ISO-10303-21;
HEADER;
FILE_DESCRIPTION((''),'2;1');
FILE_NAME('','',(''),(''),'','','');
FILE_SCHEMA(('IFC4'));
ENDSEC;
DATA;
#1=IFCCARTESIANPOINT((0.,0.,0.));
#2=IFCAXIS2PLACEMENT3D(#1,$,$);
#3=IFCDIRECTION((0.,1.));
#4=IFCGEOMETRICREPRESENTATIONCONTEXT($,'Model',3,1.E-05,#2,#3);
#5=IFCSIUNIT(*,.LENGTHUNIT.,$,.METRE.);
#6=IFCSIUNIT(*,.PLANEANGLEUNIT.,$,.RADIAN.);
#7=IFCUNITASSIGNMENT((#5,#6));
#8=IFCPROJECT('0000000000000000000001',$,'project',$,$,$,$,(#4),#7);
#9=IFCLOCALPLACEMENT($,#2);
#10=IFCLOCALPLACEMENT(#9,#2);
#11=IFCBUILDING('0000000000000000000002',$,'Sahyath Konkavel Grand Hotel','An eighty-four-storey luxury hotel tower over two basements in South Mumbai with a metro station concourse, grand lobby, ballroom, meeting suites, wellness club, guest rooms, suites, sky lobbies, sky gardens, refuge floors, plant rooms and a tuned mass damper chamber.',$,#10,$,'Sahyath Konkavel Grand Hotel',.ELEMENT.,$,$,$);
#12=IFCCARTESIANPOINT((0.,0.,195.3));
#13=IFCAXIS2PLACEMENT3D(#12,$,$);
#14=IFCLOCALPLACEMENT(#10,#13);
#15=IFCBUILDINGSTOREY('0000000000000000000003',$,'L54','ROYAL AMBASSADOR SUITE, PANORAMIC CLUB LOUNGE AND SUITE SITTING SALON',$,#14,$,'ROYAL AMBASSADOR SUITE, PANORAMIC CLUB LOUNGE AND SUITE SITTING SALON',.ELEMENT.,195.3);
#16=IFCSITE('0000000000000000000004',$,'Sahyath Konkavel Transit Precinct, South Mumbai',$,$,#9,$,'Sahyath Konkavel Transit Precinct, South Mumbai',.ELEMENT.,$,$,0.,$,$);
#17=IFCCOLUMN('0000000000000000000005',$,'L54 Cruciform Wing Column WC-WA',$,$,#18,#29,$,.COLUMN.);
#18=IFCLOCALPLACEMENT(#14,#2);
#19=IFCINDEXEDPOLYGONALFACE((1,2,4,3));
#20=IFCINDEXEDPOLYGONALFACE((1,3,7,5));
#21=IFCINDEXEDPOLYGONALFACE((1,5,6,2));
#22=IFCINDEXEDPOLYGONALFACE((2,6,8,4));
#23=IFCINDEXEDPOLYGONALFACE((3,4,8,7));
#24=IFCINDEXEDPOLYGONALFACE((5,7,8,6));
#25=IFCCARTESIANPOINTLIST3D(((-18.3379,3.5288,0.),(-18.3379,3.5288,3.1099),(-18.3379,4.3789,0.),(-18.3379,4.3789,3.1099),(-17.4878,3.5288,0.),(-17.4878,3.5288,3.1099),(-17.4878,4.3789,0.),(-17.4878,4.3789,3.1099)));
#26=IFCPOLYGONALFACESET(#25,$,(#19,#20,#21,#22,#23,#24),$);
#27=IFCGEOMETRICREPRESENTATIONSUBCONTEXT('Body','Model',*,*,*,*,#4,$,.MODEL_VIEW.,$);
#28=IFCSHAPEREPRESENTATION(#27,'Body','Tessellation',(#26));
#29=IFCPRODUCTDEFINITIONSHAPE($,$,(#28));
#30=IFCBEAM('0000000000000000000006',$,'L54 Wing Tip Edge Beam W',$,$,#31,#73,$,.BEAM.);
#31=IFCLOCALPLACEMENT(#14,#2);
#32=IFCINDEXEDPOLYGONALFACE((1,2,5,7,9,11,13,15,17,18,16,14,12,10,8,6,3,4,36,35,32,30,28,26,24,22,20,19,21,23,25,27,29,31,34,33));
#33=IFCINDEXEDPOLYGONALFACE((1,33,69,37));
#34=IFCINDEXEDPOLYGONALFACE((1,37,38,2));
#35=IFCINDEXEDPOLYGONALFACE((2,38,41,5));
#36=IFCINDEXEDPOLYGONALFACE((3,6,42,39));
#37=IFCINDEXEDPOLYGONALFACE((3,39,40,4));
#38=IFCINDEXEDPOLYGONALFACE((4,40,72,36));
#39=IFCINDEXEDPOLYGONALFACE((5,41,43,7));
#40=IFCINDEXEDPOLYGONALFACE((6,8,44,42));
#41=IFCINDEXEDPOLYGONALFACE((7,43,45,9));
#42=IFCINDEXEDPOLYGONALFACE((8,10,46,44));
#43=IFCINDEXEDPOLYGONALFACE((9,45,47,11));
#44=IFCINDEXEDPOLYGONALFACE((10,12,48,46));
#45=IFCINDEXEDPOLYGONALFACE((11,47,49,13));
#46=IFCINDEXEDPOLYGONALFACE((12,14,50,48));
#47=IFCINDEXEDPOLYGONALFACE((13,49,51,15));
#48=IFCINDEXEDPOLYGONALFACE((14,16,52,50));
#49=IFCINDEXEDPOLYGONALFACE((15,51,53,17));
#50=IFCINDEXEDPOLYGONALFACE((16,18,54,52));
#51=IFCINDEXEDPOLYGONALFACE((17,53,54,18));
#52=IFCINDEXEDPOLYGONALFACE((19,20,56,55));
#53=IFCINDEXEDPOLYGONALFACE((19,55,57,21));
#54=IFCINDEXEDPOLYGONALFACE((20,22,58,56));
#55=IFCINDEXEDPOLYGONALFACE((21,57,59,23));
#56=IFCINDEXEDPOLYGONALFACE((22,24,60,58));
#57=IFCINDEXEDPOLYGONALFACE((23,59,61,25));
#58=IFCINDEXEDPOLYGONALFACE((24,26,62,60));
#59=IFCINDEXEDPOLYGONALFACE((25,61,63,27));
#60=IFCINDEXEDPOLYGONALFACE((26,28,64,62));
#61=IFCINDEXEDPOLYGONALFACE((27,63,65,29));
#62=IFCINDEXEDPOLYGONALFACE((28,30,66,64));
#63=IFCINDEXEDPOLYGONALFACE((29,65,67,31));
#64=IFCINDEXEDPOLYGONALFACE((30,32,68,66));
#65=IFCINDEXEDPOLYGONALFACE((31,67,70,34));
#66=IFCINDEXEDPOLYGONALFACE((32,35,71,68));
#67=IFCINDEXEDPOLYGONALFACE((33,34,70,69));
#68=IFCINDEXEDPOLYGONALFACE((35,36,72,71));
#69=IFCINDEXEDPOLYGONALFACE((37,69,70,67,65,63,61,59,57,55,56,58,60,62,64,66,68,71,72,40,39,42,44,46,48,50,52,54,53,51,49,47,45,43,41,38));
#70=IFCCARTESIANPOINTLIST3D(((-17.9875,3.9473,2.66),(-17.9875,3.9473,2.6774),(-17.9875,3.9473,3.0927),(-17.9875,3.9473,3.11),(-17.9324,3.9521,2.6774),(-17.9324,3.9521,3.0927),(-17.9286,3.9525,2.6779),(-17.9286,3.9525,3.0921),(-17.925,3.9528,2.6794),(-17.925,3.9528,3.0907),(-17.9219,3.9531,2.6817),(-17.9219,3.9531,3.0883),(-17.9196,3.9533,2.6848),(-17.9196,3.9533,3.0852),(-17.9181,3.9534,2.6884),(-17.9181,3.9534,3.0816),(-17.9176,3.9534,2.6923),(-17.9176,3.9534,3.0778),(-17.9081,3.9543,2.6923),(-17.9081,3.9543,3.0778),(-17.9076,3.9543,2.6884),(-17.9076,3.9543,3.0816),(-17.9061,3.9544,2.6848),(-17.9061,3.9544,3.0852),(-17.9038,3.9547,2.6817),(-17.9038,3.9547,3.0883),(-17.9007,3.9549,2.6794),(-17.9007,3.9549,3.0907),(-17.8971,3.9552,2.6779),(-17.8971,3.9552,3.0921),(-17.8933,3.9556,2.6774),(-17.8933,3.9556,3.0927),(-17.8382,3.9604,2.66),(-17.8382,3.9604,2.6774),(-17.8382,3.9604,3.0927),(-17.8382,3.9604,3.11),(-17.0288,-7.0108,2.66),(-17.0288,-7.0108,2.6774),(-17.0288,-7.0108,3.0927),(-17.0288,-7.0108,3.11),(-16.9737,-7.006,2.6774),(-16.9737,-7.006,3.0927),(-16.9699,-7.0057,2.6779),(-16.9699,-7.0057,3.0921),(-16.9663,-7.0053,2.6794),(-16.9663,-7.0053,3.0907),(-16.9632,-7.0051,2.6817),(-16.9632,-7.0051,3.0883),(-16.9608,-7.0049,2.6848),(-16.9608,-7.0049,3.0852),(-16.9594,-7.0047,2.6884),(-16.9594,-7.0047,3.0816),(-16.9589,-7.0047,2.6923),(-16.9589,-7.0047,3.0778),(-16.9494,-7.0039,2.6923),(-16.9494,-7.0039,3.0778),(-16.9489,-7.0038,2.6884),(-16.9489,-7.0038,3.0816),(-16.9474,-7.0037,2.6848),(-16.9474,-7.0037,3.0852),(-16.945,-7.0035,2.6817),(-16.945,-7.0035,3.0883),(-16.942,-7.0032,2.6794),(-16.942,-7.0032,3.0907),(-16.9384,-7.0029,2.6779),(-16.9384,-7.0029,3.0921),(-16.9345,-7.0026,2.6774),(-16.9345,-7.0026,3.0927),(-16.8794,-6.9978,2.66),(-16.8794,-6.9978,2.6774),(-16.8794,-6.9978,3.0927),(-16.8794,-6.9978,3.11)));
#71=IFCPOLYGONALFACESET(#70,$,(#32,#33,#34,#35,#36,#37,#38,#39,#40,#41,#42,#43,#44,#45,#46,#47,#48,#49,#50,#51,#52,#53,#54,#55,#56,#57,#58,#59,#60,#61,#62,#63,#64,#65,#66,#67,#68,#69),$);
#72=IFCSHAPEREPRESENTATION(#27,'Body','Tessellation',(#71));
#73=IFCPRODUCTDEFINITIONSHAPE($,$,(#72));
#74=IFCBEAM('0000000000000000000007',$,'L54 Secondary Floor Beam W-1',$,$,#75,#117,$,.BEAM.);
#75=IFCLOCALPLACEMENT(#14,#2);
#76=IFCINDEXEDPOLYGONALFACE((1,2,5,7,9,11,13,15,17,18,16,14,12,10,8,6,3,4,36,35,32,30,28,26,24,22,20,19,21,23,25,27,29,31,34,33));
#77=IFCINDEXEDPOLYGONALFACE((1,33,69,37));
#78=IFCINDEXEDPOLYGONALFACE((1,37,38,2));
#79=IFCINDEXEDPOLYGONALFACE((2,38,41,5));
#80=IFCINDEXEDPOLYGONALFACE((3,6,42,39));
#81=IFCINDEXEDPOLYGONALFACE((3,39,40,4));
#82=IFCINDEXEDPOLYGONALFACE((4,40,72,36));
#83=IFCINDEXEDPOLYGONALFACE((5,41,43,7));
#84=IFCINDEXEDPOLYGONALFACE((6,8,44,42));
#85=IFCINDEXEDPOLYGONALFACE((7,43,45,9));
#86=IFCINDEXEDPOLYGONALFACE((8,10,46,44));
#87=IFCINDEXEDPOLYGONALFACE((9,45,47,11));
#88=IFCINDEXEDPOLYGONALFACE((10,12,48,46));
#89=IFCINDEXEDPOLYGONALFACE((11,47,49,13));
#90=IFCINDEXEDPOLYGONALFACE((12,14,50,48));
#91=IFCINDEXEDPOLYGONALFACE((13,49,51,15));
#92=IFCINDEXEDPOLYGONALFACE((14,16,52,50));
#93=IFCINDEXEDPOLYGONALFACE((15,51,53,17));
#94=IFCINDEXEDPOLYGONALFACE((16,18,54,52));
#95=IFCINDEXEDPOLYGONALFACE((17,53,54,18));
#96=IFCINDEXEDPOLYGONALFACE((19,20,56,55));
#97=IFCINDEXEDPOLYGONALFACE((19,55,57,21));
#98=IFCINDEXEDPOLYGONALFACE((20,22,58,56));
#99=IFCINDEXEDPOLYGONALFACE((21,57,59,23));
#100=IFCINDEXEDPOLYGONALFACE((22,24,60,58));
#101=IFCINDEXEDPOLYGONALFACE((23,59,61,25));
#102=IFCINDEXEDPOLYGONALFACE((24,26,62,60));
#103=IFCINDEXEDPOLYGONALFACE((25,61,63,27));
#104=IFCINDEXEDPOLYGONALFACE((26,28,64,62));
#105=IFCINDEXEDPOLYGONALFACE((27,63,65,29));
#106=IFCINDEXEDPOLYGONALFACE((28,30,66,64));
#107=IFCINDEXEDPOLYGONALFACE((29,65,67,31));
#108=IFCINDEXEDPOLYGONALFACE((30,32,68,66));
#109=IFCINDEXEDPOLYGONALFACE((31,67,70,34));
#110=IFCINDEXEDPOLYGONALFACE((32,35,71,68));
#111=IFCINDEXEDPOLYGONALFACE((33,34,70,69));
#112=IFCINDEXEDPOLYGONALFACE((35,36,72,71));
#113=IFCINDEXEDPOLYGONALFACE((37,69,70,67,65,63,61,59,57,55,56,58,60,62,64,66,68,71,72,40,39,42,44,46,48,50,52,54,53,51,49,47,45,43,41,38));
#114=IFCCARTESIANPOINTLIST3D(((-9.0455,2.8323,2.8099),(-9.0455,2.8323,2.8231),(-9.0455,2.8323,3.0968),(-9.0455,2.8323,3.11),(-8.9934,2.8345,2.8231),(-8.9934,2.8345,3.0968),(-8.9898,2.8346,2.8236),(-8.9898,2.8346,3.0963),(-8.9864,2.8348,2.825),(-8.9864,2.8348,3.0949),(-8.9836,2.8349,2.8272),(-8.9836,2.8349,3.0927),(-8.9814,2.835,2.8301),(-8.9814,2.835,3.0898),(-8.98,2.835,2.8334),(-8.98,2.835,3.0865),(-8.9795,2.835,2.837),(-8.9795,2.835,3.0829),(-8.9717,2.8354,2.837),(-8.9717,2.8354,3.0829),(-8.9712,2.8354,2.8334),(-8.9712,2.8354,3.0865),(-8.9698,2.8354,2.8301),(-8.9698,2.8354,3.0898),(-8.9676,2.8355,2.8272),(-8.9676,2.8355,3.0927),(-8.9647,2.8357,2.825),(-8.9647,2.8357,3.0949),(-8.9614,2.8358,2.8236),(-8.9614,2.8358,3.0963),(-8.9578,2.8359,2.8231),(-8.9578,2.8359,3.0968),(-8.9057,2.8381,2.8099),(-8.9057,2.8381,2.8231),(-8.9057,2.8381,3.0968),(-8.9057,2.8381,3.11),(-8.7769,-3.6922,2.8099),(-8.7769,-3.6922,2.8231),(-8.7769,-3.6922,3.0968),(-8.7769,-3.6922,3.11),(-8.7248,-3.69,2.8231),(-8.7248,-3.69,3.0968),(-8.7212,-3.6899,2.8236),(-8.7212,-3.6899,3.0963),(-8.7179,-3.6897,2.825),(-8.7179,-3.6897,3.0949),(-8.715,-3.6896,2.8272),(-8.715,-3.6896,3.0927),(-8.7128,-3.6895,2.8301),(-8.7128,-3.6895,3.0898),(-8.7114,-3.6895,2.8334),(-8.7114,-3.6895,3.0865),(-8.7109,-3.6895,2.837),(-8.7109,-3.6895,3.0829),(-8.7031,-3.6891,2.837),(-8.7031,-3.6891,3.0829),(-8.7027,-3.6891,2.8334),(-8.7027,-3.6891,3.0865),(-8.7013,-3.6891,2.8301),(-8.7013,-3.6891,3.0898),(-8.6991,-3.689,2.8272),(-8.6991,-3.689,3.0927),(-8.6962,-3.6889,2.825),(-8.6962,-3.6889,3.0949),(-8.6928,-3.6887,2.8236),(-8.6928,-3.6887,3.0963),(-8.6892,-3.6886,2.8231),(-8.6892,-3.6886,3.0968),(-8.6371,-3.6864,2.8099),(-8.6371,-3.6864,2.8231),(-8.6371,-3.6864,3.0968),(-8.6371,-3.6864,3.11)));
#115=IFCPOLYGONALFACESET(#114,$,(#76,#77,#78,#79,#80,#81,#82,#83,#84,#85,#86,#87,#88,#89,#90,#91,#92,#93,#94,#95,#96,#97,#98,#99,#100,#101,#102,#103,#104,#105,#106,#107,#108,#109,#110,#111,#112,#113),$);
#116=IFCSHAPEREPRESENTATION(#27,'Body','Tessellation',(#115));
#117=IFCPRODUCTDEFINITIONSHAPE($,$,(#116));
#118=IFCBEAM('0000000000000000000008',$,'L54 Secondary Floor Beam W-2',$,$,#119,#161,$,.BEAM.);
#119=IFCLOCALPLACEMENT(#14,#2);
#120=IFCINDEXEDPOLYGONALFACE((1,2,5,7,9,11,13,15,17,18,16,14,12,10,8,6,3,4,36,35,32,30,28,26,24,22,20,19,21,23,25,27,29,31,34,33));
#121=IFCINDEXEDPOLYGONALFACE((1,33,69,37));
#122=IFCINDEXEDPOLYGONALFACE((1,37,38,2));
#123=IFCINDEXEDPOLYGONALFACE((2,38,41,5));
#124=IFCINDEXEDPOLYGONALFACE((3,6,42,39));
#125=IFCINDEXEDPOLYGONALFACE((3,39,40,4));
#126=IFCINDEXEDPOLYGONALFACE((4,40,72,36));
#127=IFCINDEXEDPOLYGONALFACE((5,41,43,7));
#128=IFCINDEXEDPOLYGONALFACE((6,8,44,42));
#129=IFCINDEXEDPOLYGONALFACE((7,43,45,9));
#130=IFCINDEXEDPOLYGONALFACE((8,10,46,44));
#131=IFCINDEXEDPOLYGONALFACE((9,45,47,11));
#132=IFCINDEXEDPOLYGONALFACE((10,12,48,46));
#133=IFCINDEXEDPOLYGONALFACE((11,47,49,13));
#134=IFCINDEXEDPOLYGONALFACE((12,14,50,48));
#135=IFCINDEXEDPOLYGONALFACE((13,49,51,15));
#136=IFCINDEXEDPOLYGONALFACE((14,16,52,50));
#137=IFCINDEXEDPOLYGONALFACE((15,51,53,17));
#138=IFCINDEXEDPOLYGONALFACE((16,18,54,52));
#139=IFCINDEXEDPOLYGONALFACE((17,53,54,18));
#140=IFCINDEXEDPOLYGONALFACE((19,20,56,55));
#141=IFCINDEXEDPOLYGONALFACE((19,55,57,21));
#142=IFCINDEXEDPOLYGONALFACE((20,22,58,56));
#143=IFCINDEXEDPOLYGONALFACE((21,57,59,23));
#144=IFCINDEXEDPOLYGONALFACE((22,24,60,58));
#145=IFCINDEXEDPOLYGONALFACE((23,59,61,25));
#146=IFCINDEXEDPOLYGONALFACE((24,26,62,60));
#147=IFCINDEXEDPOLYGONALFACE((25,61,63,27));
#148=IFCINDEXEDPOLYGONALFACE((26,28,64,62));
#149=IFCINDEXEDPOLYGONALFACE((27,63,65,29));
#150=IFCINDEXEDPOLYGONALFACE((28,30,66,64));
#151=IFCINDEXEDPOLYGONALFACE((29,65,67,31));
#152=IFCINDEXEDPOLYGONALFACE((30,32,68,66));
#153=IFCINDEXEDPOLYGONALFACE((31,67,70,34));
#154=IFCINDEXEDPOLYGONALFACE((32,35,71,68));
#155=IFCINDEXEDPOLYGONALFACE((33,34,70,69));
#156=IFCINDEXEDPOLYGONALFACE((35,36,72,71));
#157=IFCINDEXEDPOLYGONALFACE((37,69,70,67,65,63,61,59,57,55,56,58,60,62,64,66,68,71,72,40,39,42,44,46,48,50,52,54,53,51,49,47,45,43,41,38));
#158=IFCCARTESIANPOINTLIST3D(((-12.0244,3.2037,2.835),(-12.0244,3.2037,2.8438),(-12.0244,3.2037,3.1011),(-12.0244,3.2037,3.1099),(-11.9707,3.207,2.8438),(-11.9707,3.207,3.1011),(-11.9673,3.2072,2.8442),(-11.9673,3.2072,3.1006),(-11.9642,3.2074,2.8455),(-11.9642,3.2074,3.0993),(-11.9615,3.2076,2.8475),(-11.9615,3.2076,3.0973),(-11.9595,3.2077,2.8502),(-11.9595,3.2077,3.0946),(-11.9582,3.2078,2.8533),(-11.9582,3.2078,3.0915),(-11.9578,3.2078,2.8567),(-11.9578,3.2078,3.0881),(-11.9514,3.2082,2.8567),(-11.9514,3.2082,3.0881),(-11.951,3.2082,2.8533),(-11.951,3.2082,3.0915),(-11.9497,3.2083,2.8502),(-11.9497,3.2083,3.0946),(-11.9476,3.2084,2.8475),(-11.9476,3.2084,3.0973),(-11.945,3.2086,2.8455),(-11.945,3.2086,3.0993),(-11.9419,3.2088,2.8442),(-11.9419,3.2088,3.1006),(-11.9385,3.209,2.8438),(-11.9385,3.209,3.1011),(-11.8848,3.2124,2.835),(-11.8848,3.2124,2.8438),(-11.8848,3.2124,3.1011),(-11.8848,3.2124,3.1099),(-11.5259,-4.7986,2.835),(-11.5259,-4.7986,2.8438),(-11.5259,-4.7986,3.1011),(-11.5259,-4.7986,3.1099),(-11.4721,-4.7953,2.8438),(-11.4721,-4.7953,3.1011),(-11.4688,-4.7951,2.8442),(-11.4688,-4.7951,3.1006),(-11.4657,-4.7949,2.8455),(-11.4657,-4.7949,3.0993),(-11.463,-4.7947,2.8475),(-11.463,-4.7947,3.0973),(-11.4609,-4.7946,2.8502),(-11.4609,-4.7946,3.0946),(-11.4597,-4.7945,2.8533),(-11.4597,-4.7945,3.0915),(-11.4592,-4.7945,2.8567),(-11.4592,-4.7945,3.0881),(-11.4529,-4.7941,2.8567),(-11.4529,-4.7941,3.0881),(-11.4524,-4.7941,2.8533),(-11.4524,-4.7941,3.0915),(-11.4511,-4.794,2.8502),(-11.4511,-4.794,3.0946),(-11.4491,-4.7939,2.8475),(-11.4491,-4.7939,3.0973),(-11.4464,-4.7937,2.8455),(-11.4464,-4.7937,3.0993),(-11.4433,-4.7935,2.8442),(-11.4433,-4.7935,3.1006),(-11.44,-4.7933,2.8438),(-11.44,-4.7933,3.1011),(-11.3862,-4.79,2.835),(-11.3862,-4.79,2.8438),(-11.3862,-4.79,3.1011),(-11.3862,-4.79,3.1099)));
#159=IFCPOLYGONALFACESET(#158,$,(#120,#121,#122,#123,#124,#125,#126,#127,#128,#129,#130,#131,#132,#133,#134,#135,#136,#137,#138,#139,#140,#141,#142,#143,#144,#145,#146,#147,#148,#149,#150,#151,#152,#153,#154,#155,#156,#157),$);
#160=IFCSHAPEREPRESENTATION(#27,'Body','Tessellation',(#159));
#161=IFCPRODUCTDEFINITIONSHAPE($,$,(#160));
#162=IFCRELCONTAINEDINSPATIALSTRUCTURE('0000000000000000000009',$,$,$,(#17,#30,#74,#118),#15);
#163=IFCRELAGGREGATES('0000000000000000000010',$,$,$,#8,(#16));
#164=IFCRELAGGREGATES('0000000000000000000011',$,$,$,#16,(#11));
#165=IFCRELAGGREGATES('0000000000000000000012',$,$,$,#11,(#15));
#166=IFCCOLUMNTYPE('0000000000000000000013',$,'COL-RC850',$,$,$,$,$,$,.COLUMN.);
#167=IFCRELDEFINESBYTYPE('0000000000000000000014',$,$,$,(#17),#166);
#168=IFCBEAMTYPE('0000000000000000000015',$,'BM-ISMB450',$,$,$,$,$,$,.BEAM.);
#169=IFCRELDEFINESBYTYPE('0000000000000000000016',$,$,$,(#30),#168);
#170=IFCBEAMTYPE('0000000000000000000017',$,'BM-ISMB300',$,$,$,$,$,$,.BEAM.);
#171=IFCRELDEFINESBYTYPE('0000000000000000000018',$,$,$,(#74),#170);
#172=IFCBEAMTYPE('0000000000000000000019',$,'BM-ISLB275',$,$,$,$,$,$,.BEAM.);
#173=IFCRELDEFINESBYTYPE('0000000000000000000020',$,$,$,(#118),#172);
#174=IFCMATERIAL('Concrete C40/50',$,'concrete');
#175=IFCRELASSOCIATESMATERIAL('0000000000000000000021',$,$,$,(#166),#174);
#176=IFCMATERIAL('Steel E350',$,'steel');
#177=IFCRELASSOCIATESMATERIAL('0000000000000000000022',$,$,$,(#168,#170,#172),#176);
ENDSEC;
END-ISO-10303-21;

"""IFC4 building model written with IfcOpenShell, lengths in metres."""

from ifc_helpers import new_model, si_unit, direction, frame, origin, origin_2d, place, context, subcontext, project, spatial, rectangle, i_section, extrude, source, transform, mapped, material, material_profile, profile_set, type_object, element, save


model = new_model("IFC4")

# Units and contexts
model_context = context("Model", 3, precision=1e-05, world=origin(), true_north=direction((0.0, 1.0)))
body_context = subcontext(model_context, "Body", "Model", "MODEL_VIEW")
ifc_project = project(units=[si_unit("LENGTHUNIT", "METRE"), si_unit("PLANEANGLEUNIT", "RADIAN")], contexts=[model_context])

# Site, building, storey
site_placement = place(None, origin())
site = spatial("IfcSite", under=ifc_project, at=site_placement, Name="Sahyath Konkavel Transit Precinct, South Mumbai", LongName="Sahyath Konkavel Transit Precinct, South Mumbai", CompositionType="ELEMENT", RefElevation=0.0)
building_placement = place(site_placement, origin())
building = spatial("IfcBuilding", under=site, at=building_placement, Name="Sahyath Konkavel Grand Hotel", Description="An eighty-four-storey luxury hotel tower over two basements in South Mumbai with a metro station concourse, grand lobby, ballroom, meeting suites, wellness club, guest rooms, suites, sky lobbies, sky gardens, refuge floors, plant rooms and a tuned mass damper chamber.", LongName="Sahyath Konkavel Grand Hotel", CompositionType="ELEMENT")
storey_placement = place(building_placement, frame((0.0, 0.0, 195.3)))
storey = spatial("IfcBuildingStorey", under=building, at=storey_placement, Name="L54", Description="ROYAL AMBASSADOR SUITE, PANORAMIC CLUB LOUNGE AND SUITE SITTING SALON", LongName="ROYAL AMBASSADOR SUITE, PANORAMIC CLUB LOUNGE AND SUITE SITTING SALON", CompositionType="ELEMENT", Elevation=195.3)

# Column
ifc_material_1 = material(Name="Concrete C40/50", Category="concrete")
ifc_material_profile_1 = material_profile(ifc_material_1, rectangle(XDim=0.8501, YDim=0.8501, at=origin_2d()), Name="RC 850x850")
ifc_profile_set_1 = profile_set([ifc_material_profile_1], Name="Concrete C40/50")
column_type = type_object("IfcColumnType", Name="COL-RC850", PredefinedType="COLUMN", material=ifc_profile_set_1)
shared_shape_1 = source(origin(), body_context, "Body", "SweptSolid", [
    extrude(rectangle(XDim=0.8501, YDim=0.8501, at=origin_2d()), origin(), (0.0, 0.0, 1.0), 3.1099),
])
column_placement = place(storey_placement, frame((-17.9128, 3.9539, 0.0), z_axis=(0.0, 0.0, 1.0), x_axis=(1.0, 0.0, 0.0)))
element("IfcColumn", 1, at=column_placement, inside=storey, type_object=column_type, Name="L54 Cruciform Wing Column WC-WA", PredefinedType="COLUMN", context=body_context, shape_type="MappedRepresentation", body=[
    mapped(shared_shape_1, transform((0.0, 0.0, 0.0), scale=1.0)),
])

# Beams
ifc_material_2 = material(Name="Steel E350", Category="steel")
ifc_material_profile_2 = material_profile(ifc_material_2, i_section(OverallWidth=0.1499, OverallDepth=0.45, WebThickness=0.0095, FlangeThickness=0.0173, FilletRadius=0.0149, at=origin_2d()), Name="ISMB 450")
ifc_profile_set_2 = profile_set([ifc_material_profile_2], Name="Steel E350")
beam_type_1 = type_object("IfcBeamType", Name="BM-ISMB450", PredefinedType="BEAM", material=ifc_profile_set_2)
shared_shape_2 = source(origin(), body_context, "Body", "SweptSolid", [
    extrude(i_section(OverallWidth=0.1499, OverallDepth=0.45, WebThickness=0.0095, FlangeThickness=0.0173, FilletRadius=0.0149, at=origin_2d()), origin(), (0.0, 0.0, 1.0), 11.0),
])
beam_1_placement = place(storey_placement, frame((-17.9128, 3.9539, 2.885), z_axis=(0.087157, -0.996195, 0.0), x_axis=(0.996195, 0.087157, 0.0)))
element("IfcBeam", 2, at=beam_1_placement, inside=storey, type_object=beam_type_1, Name="L54 Wing Tip Edge Beam W", PredefinedType="BEAM", context=body_context, shape_type="MappedRepresentation", body=[
    mapped(shared_shape_2, transform((0.0, 0.0, 0.0), scale=1.0)),
])
ifc_material_profile_3 = material_profile(ifc_material_2, i_section(OverallWidth=0.1399, OverallDepth=0.3, WebThickness=0.0078, FlangeThickness=0.0132, FilletRadius=0.0139, at=origin_2d()), Name="ISMB 300")
ifc_profile_set_3 = profile_set([ifc_material_profile_3], Name="Steel E350")
beam_type_2 = type_object("IfcBeamType", Name="BM-ISMB300", PredefinedType="BEAM", material=ifc_profile_set_3)
shared_shape_3 = source(origin(), body_context, "Body", "SweptSolid", [
    extrude(i_section(OverallWidth=0.1399, OverallDepth=0.3, WebThickness=0.0078, FlangeThickness=0.0132, FilletRadius=0.0139, at=origin_2d()), origin(), (0.0, 0.0, 1.0), 6.53),
])
beam_2_placement = place(storey_placement, frame((-8.9756, 2.8352, 2.96), z_axis=(0.041127, -0.999154, 0.0), x_axis=(0.999154, 0.041127, 0.0)))
element("IfcBeam", 3, at=beam_2_placement, inside=storey, type_object=beam_type_2, Name="L54 Secondary Floor Beam W-1", PredefinedType="BEAM", context=body_context, shape_type="MappedRepresentation", body=[
    mapped(shared_shape_3, transform((0.0, 0.0, 0.0), scale=1.0)),
])
ifc_material_profile_4 = material_profile(ifc_material_2, i_section(OverallWidth=0.1399, OverallDepth=0.2749, WebThickness=0.0063, FlangeThickness=0.0088, FilletRadius=0.0129, at=origin_2d()), Name="ISLB 275")
ifc_profile_set_4 = profile_set([ifc_material_profile_4], Name="Steel E350")
beam_type_3 = type_object("IfcBeamType", Name="BM-ISLB275", PredefinedType="BEAM", material=ifc_profile_set_4)
shared_shape_4 = source(origin(), body_context, "Body", "SweptSolid", [
    extrude(i_section(OverallWidth=0.1399, OverallDepth=0.2749, WebThickness=0.0063, FlangeThickness=0.0088, FilletRadius=0.0129, at=origin_2d()), origin(), (0.0, 0.0, 1.0), 8.0178),
])
beam_3_placement = place(storey_placement, frame((-11.9546, 3.208, 2.9724), z_axis=(0.062179, -0.998065, 0.0), x_axis=(0.998065, 0.062179, 0.0)))
element("IfcBeam", 4, at=beam_3_placement, inside=storey, type_object=beam_type_3, Name="L54 Secondary Floor Beam W-2", PredefinedType="BEAM", context=body_context, shape_type="MappedRepresentation", body=[
    mapped(shared_shape_4, transform((0.0, 0.0, 0.0), scale=1.0)),
])

save(model, "model.ifc")
